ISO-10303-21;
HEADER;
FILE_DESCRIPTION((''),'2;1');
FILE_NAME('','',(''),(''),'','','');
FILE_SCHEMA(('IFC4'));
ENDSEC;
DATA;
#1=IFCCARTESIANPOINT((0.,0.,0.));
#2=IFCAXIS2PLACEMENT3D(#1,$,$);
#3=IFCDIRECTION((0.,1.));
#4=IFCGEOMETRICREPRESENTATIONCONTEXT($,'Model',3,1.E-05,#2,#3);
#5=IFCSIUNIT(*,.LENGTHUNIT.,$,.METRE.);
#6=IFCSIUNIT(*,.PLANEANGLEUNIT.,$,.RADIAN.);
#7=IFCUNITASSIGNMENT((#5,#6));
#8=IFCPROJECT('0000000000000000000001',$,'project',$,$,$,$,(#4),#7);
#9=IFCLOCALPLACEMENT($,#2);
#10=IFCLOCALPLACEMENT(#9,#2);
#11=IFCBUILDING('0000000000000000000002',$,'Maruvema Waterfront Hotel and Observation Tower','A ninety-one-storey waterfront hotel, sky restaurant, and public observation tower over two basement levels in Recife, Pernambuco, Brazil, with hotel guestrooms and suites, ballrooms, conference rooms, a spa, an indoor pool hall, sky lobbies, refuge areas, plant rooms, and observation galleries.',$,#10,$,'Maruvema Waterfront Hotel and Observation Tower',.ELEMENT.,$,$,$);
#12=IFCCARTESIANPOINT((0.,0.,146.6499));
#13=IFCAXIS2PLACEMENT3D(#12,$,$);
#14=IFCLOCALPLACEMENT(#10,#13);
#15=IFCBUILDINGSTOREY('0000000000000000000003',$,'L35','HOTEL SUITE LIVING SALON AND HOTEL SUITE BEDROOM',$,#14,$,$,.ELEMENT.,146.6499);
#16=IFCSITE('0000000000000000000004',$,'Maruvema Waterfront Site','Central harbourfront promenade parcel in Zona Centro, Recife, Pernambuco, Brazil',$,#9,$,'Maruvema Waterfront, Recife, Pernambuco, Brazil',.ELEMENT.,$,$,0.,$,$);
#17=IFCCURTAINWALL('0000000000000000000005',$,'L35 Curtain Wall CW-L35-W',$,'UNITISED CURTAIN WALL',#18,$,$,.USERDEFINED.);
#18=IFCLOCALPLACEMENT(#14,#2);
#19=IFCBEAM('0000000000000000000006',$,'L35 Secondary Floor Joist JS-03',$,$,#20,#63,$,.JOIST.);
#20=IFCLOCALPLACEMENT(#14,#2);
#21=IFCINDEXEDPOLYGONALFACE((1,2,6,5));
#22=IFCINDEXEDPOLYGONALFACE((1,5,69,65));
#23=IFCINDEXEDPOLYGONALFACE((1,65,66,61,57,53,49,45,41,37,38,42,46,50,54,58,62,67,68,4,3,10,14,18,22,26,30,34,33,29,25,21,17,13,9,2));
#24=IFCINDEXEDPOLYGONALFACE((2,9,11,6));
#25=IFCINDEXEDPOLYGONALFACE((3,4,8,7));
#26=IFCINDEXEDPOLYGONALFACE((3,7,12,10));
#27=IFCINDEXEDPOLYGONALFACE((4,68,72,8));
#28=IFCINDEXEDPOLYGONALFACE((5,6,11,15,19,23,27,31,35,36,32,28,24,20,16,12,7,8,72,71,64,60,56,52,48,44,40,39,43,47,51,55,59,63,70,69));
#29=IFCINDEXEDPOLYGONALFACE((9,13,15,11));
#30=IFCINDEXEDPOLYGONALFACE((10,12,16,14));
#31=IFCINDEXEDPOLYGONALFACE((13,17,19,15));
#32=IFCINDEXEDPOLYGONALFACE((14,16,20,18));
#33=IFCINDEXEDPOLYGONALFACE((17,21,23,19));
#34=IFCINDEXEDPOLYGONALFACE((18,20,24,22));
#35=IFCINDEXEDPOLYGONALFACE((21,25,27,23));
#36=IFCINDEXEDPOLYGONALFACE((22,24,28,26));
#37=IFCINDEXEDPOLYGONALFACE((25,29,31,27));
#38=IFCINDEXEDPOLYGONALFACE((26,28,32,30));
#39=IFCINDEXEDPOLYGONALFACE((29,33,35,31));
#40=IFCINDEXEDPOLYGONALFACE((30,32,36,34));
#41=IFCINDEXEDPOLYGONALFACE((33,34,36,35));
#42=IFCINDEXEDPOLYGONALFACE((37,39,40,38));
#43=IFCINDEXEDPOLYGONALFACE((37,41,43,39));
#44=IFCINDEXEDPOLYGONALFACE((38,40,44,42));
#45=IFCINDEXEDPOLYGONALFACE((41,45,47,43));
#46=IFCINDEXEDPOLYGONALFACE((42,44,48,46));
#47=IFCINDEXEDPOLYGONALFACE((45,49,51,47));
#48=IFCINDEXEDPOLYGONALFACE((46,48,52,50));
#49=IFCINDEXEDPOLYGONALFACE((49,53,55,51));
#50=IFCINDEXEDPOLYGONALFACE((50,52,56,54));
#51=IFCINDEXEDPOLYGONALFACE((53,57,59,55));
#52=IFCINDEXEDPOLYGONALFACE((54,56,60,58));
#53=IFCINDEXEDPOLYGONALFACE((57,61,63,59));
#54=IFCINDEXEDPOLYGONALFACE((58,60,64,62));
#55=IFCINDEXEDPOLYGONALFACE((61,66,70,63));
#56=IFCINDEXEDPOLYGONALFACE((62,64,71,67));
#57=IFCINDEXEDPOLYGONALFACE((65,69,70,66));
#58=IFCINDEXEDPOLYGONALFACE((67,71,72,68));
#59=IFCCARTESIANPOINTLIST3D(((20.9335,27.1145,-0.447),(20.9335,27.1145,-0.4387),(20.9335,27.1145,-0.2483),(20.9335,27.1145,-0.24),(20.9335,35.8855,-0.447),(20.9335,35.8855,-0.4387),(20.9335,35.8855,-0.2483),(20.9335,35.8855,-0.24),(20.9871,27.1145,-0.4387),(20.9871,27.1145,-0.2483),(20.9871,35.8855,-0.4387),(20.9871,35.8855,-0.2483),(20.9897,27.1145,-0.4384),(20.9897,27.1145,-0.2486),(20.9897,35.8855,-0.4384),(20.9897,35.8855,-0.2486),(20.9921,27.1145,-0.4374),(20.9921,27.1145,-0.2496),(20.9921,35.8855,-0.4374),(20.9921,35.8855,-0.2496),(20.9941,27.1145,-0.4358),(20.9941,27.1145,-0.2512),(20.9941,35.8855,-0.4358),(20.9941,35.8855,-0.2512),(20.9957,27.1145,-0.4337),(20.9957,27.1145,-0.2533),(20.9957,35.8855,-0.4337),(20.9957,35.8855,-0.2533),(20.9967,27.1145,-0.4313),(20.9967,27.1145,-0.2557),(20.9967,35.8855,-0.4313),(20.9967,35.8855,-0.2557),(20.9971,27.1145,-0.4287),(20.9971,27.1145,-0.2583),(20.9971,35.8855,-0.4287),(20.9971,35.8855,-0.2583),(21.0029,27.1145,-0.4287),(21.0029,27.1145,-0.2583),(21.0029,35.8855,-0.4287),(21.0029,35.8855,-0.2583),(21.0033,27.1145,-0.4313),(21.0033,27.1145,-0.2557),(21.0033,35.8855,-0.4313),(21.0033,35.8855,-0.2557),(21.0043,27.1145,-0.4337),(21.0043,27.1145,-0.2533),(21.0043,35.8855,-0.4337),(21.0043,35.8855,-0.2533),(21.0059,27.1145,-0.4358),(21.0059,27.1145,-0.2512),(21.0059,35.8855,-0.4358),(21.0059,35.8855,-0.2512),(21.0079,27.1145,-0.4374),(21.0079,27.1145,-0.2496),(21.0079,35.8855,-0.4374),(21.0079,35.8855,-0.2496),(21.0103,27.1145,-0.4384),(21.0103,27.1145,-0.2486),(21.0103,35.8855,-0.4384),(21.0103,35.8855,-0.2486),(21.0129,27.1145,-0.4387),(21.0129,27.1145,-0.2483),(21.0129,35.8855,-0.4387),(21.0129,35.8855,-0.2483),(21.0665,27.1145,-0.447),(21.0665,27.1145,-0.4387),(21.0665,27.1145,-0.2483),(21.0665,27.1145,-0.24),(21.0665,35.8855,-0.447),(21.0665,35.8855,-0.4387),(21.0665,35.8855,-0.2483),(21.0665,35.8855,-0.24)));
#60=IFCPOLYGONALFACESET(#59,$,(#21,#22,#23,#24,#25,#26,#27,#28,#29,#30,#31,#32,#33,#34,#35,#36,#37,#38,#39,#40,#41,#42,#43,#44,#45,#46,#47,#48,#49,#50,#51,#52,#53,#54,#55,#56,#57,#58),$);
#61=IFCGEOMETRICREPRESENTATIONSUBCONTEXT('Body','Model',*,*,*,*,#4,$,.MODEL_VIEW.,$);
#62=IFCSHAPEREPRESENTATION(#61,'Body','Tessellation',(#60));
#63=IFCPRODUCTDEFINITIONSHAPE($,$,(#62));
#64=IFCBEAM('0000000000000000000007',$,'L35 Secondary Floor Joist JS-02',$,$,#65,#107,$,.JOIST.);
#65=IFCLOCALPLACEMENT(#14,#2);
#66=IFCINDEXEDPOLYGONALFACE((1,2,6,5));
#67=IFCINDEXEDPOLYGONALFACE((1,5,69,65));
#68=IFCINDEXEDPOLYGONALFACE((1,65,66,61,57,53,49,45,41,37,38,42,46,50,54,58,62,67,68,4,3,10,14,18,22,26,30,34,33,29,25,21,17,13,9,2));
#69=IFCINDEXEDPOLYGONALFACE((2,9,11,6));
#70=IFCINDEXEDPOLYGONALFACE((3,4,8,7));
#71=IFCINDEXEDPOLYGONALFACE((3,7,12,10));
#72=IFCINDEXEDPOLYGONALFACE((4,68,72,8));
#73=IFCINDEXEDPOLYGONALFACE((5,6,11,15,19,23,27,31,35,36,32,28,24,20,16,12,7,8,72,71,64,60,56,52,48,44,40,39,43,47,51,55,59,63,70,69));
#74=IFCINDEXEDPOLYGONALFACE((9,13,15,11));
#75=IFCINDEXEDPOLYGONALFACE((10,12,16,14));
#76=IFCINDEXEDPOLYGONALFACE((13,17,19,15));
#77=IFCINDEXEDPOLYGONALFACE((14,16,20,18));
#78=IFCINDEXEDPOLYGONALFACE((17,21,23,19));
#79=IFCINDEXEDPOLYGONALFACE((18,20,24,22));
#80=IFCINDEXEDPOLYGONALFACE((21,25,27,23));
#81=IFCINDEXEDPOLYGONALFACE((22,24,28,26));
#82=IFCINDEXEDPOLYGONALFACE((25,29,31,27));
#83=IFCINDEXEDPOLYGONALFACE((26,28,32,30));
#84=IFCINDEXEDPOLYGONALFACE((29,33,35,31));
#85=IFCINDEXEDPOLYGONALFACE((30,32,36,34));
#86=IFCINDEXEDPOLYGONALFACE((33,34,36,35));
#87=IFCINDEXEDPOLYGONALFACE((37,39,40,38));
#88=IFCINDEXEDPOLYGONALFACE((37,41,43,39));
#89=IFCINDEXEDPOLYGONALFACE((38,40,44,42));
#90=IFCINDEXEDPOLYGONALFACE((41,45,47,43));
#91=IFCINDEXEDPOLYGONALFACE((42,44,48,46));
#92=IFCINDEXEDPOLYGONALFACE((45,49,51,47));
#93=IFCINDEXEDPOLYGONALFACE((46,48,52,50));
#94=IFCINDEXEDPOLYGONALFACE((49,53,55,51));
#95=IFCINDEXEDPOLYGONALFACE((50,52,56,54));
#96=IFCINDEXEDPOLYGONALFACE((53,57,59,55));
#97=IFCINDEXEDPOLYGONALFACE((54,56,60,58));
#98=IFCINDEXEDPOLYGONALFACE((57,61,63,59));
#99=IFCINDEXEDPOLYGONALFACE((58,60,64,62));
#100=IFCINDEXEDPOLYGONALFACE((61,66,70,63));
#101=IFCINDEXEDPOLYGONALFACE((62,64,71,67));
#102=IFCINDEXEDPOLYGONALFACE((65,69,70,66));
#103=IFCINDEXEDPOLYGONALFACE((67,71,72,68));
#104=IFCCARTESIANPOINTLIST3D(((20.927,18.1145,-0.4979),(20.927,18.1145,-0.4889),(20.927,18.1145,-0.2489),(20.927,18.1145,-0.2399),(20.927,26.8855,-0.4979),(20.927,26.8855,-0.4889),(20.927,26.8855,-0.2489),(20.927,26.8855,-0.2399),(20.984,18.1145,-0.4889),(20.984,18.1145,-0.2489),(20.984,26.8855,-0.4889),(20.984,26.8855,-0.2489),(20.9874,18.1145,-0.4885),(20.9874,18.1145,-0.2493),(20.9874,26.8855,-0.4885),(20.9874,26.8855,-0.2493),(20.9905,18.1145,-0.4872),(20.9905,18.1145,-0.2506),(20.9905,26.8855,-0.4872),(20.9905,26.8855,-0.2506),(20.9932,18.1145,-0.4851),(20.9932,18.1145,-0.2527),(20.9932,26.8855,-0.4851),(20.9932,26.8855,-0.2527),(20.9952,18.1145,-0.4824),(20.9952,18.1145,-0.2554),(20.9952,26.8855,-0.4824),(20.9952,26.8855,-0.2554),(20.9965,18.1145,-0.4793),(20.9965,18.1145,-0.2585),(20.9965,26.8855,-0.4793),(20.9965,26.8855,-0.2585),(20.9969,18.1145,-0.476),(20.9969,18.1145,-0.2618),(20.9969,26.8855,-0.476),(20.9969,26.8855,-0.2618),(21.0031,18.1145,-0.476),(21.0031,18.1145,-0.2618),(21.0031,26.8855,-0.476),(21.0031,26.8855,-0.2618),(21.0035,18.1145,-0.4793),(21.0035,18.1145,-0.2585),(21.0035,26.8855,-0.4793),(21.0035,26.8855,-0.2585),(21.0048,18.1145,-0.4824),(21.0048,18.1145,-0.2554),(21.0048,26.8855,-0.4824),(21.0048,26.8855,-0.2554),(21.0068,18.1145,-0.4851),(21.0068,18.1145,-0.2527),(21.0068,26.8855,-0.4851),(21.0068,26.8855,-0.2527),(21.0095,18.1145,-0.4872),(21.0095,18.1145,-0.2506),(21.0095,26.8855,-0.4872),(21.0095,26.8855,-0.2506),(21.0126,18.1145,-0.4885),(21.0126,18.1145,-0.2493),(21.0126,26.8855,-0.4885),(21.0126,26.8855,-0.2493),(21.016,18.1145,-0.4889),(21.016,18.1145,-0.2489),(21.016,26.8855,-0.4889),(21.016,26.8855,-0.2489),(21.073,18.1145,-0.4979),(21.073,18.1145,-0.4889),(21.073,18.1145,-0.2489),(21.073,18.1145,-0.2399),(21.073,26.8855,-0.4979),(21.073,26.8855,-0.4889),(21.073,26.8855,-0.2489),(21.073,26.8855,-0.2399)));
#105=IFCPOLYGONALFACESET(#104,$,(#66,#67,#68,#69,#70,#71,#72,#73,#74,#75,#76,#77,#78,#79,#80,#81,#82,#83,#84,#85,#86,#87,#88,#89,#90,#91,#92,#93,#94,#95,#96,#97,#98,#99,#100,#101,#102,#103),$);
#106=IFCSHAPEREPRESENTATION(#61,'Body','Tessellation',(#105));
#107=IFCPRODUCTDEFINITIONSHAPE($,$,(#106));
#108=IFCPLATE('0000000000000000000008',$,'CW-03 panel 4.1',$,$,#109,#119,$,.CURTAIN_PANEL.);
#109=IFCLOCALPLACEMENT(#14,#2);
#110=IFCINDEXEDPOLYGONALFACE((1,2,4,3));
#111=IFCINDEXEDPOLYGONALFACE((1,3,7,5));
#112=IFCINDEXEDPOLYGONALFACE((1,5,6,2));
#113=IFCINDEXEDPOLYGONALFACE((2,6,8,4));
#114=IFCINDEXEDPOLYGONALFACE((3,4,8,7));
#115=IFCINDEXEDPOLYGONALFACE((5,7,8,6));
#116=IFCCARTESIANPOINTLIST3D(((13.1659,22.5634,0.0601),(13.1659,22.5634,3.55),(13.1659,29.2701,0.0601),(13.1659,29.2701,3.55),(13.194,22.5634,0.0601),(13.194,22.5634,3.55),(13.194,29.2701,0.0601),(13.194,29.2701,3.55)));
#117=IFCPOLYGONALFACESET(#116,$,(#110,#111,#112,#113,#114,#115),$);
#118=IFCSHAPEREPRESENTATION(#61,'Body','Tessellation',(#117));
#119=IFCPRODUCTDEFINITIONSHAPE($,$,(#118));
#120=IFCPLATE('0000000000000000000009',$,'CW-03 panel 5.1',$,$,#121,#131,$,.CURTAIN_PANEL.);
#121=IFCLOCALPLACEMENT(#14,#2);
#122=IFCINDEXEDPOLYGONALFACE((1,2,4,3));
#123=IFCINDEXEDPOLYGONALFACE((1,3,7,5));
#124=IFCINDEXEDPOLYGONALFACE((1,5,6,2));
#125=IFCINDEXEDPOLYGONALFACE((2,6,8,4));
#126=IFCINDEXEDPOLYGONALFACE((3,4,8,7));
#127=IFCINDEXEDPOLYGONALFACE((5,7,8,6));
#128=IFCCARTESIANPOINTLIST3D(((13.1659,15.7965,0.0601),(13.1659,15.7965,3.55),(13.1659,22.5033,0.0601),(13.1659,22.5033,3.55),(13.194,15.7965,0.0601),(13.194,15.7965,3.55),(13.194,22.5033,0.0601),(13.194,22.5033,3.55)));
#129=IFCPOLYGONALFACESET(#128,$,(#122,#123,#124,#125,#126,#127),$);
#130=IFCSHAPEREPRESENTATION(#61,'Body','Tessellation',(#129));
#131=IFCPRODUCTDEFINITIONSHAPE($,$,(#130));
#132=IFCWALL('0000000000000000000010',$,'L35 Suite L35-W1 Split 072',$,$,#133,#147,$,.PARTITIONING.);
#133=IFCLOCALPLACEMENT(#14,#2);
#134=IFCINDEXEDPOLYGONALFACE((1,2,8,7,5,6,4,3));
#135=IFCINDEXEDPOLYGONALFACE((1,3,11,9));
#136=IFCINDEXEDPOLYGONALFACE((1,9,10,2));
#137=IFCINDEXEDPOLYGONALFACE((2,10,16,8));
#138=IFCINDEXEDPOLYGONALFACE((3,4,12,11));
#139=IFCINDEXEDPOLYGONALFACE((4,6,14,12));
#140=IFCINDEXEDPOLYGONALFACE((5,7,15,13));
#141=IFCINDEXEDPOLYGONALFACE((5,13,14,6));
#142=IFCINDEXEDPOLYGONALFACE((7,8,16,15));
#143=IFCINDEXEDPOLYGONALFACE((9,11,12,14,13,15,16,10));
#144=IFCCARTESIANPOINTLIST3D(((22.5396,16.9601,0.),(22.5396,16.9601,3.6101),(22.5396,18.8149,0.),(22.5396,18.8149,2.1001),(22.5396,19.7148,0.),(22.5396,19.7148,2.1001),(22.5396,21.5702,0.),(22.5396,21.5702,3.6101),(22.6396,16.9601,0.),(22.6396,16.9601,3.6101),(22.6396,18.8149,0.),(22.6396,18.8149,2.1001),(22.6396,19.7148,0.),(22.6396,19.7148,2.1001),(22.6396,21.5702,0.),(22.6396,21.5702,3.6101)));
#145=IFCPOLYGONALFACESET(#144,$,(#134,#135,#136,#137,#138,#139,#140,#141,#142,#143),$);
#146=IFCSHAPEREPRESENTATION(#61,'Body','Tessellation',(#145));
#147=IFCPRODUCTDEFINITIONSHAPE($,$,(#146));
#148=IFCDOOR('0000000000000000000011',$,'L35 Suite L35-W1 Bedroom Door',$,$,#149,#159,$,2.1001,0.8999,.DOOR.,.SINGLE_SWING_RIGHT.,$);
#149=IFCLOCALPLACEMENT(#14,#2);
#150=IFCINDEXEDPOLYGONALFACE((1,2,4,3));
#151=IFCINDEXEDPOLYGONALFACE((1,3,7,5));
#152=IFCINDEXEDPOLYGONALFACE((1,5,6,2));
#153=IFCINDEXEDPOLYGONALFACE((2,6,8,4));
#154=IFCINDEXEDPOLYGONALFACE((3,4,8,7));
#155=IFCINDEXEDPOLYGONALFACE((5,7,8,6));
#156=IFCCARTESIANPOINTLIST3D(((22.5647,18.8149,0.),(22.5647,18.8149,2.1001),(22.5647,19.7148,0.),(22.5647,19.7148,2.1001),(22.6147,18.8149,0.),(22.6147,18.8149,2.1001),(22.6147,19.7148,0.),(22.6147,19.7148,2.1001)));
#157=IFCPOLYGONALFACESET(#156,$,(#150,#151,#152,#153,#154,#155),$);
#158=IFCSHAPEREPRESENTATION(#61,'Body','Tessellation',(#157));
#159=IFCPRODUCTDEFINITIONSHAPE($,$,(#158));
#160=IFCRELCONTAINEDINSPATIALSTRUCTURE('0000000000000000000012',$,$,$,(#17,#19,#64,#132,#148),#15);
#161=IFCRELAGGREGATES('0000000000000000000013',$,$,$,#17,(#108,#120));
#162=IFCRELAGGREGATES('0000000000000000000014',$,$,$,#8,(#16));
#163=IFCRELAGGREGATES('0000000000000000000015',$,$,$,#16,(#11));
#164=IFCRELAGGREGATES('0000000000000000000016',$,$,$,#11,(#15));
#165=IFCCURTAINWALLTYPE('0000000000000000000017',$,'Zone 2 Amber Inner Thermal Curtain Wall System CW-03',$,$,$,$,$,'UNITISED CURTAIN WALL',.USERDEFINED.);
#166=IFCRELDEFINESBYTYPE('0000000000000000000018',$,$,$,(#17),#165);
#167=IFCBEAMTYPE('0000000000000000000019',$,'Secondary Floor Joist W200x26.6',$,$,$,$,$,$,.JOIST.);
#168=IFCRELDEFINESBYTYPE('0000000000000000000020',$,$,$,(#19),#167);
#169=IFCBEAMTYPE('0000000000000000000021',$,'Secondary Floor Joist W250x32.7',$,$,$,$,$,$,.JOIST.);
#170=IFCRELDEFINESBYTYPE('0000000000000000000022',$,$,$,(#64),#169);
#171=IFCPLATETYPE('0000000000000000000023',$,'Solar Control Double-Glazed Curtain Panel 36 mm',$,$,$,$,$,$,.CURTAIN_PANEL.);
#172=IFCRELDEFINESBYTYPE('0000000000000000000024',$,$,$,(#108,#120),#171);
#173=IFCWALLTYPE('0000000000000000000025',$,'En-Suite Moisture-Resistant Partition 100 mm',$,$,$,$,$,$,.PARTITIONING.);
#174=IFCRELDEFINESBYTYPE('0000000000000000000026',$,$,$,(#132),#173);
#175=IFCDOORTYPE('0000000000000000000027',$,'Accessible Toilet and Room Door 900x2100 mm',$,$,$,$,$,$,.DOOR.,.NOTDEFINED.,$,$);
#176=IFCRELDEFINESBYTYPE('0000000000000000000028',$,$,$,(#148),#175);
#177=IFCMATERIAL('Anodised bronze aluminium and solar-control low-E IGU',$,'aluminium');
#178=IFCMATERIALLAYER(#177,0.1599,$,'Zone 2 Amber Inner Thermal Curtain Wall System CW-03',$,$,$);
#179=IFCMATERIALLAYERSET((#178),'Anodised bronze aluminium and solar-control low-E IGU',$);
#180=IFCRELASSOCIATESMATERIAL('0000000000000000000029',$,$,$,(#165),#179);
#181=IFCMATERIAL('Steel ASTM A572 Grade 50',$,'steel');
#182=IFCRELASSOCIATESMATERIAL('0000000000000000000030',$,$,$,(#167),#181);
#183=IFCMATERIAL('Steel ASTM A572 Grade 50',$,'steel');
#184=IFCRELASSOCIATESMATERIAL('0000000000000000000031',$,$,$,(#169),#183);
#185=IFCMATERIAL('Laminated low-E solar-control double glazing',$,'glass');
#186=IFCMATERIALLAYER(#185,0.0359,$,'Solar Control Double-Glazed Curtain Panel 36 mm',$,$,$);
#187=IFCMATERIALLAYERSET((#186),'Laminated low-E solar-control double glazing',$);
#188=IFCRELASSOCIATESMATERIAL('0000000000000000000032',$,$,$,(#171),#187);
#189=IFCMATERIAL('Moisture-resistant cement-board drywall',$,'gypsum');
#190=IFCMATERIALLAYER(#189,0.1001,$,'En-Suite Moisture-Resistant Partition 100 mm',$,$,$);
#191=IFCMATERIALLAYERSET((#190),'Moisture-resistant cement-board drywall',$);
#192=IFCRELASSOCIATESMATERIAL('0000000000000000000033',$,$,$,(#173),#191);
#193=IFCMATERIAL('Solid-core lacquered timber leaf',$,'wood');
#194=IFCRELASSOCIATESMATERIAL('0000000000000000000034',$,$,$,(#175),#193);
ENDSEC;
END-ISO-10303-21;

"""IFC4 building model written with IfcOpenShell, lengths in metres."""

from ifc_helpers import new_model, si_unit, direction, frame, frame_2d, origin, origin_2d, place, context, subcontext, project, spatial, rectangle, i_section, extrude, material, layer, layer_set, material_profile, profile_set, type_object, element, fill, aggregate, save


model = new_model("IFC4")

# Units and contexts
model_context = context("Model", 3, precision=1e-05, world=origin(), true_north=direction((0.0, 1.0)))
body_context = subcontext(model_context, "Body", "Model", "MODEL_VIEW")
ifc_project = project(units=[si_unit("LENGTHUNIT", "METRE"), si_unit("PLANEANGLEUNIT", "RADIAN")], contexts=[model_context])

# Site, building, storey
site_placement = place(None, origin())
site = spatial("IfcSite", under=ifc_project, at=site_placement, Name="Maruvema Waterfront Site", Description="Central harbourfront promenade parcel in Zona Centro, Recife, Pernambuco, Brazil", LongName="Maruvema Waterfront, Recife, Pernambuco, Brazil", CompositionType="ELEMENT", RefElevation=0.0)
building_placement = place(site_placement, origin())
building = spatial("IfcBuilding", under=site, at=building_placement, Name="Maruvema Waterfront Hotel and Observation Tower", Description="A ninety-one-storey waterfront hotel, sky restaurant, and public observation tower over two basement levels in Recife, Pernambuco, Brazil, with hotel guestrooms and suites, ballrooms, conference rooms, a spa, an indoor pool hall, sky lobbies, refuge areas, plant rooms, and observation galleries.", LongName="Maruvema Waterfront Hotel and Observation Tower", CompositionType="ELEMENT")
storey_placement = place(building_placement, frame((0.0, 0.0, 146.6499)))
storey = spatial("IfcBuildingStorey", under=building, at=storey_placement, Name="L35", Description="HOTEL SUITE LIVING SALON AND HOTEL SUITE BEDROOM", CompositionType="ELEMENT", Elevation=146.6499)

# Curtain wall
ifc_material_1 = material(Name="Anodised bronze aluminium and solar-control low-E IGU", Category="aluminium")
ifc_layer_1 = layer(ifc_material_1, 0.1599, Name="Zone 2 Amber Inner Thermal Curtain Wall System CW-03")
ifc_layer_set_1 = layer_set([ifc_layer_1], Name="Anodised bronze aluminium and solar-control low-E IGU")
curtain_wall_type = type_object("IfcCurtainWallType", Name="Zone 2 Amber Inner Thermal Curtain Wall System CW-03", ElementType="UNITISED CURTAIN WALL", PredefinedType="USERDEFINED", material=ifc_layer_set_1)
curtain_wall_placement = place(storey_placement, origin())
curtain_wall = element("IfcCurtainWall", 1, at=curtain_wall_placement, inside=storey, type_object=curtain_wall_type, Name="L35 Curtain Wall CW-L35-W", ObjectType="UNITISED CURTAIN WALL", PredefinedType="USERDEFINED")

# Beams
ifc_material_2 = material(Name="Steel ASTM A572 Grade 50", Category="steel")
ifc_material_profile_1 = material_profile(ifc_material_2, i_section(OverallWidth=0.1331, OverallDepth=0.207, WebThickness=0.0059, FlangeThickness=0.0083, FilletRadius=0.01, at=origin_2d()), Name="W200x26.6")
ifc_profile_set_1 = profile_set([ifc_material_profile_1], Name="Steel ASTM A572 Grade 50")
beam_type_1 = type_object("IfcBeamType", Name="Secondary Floor Joist W200x26.6", PredefinedType="JOIST", material=ifc_profile_set_1)
beam_1_placement = place(storey_placement, frame((21.0, 27.1145, -0.3435), z_axis=(0.0, 1.0, 0.0), x_axis=(-1.0, 0.0, 0.0)))
element("IfcBeam", 2, at=beam_1_placement, inside=storey, type_object=beam_type_1, Name="L35 Secondary Floor Joist JS-03", PredefinedType="JOIST", context=body_context, shape_type="SweptSolid", body=[
    extrude(i_section(OverallWidth=0.1331, OverallDepth=0.207, WebThickness=0.0059, FlangeThickness=0.0083, FilletRadius=0.01, at=origin_2d()), origin(), (0.0, 0.0, 1.0), 8.771),
])
ifc_material_3 = material(Name="Steel ASTM A572 Grade 50", Category="steel")
ifc_material_profile_2 = material_profile(ifc_material_3, i_section(OverallWidth=0.146, OverallDepth=0.2581, WebThickness=0.0061, FlangeThickness=0.009, FilletRadius=0.0129, at=origin_2d()), Name="W250x32.7")
ifc_profile_set_2 = profile_set([ifc_material_profile_2], Name="Steel ASTM A572 Grade 50")
beam_type_2 = type_object("IfcBeamType", Name="Secondary Floor Joist W250x32.7", PredefinedType="JOIST", material=ifc_profile_set_2)
beam_2_placement = place(storey_placement, frame((21.0, 18.1145, -0.3689), z_axis=(0.0, 1.0, 0.0), x_axis=(-1.0, 0.0, 0.0)))
element("IfcBeam", 3, at=beam_2_placement, inside=storey, type_object=beam_type_2, Name="L35 Secondary Floor Joist JS-02", PredefinedType="JOIST", context=body_context, shape_type="SweptSolid", body=[
    extrude(i_section(OverallWidth=0.146, OverallDepth=0.2581, WebThickness=0.0061, FlangeThickness=0.009, FilletRadius=0.0129, at=origin_2d()), origin(), (0.0, 0.0, 1.0), 8.771),
])

# Plates
ifc_material_4 = material(Name="Laminated low-E solar-control double glazing", Category="glass")
ifc_layer_2 = layer(ifc_material_4, 0.0359, Name="Solar Control Double-Glazed Curtain Panel 36 mm")
ifc_layer_set_2 = layer_set([ifc_layer_2], Name="Laminated low-E solar-control double glazing")
plate_type = type_object("IfcPlateType", Name="Solar Control Double-Glazed Curtain Panel 36 mm", PredefinedType="CURTAIN_PANEL", material=ifc_layer_set_2)
plate_1_placement = place(storey_placement, frame((13.1799, 25.9167, 0.0601), z_axis=(0.0, 0.0, 1.0), x_axis=(0.0, -1.0, 0.0)))
plate_1 = element("IfcPlate", 4, at=plate_1_placement, type_object=plate_type, Name="CW-03 panel 4.1", PredefinedType="CURTAIN_PANEL", context=body_context, shape_type="SweptSolid", body=[
    extrude(rectangle(XDim=6.7068, YDim=0.0281, at=origin_2d()), origin(), (0.0, 0.0, 1.0), 3.49),
])
plate_2_placement = place(storey_placement, frame((13.1799, 19.1499, 0.0601), z_axis=(0.0, 0.0, 1.0), x_axis=(0.0, -1.0, 0.0)))
plate_2 = element("IfcPlate", 5, at=plate_2_placement, type_object=plate_type, Name="CW-03 panel 5.1", PredefinedType="CURTAIN_PANEL", context=body_context, shape_type="SweptSolid", body=[
    extrude(rectangle(XDim=6.7068, YDim=0.0281, at=origin_2d()), origin(), (0.0, 0.0, 1.0), 3.49),
])
aggregate(curtain_wall, [plate_1, plate_2])

# Wall, opening, door
ifc_material_5 = material(Name="Moisture-resistant cement-board drywall", Category="gypsum")
ifc_layer_3 = layer(ifc_material_5, 0.1001, Name="En-Suite Moisture-Resistant Partition 100 mm")
ifc_layer_set_3 = layer_set([ifc_layer_3], Name="Moisture-resistant cement-board drywall")
wall_type_1 = type_object("IfcWallType", Name="En-Suite Moisture-Resistant Partition 100 mm", PredefinedType="PARTITIONING", material=ifc_layer_set_3)
wall_1_placement = place(storey_placement, frame((22.5896, 16.96, 0.0), z_axis=(0.0, 0.0, 1.0), x_axis=(0.0, 1.0, 0.0)))
wall_1 = element("IfcWall", 6, at=wall_1_placement, inside=storey, type_object=wall_type_1, Name="L35 Suite L35-W1 Split 072", PredefinedType="PARTITIONING", context=body_context, shape_type="SweptSolid", body=[
    extrude(rectangle(XDim=4.6101, YDim=0.1001, at=frame_2d((2.3052, 0.0))), origin(), (0.0, 0.0, 1.0), 3.6101),
])
opening_1_placement = place(wall_1_placement, frame((1.855, 0.0, 0.0)))
opening_1 = element("IfcOpeningElement", 7, at=opening_1_placement, cuts=wall_1, PredefinedType="OPENING", context=body_context, shape_type="SweptSolid", body=[
    extrude(rectangle(XDim=0.8999, YDim=2.1001, at=frame_2d((0.45, 1.05))), frame((0.0, 0.0601, 0.0), z_axis=(0.0, -1.0, 0.0), x_axis=(1.0, 0.0, 0.0)), (0.0, 0.0, 1.0), 0.1201),
])
ifc_material_6 = material(Name="Solid-core lacquered timber leaf", Category="wood")
door_type = type_object("IfcDoorType", Name="Accessible Toilet and Room Door 900x2100 mm", OperationType="NOTDEFINED", PredefinedType="DOOR", material=ifc_material_6)
door_1_placement = place(opening_1_placement, origin())
door_1 = element("IfcDoor", 8, at=door_1_placement, inside=storey, type_object=door_type, Name="L35 Suite L35-W1 Bedroom Door", OperationType="SINGLE_SWING_RIGHT", OverallHeight=2.1001, OverallWidth=0.8999, PredefinedType="DOOR", context=body_context, shape_type="SweptSolid", body=[
    extrude(rectangle(XDim=0.8999, YDim=2.1001, at=frame_2d((0.45, 1.05))), frame((0.0, 0.0249, 0.0), z_axis=(0.0, -1.0, 0.0), x_axis=(1.0, 0.0, 0.0)), (0.0, 0.0, 1.0), 0.05),
])
fill(opening_1, door_1)

save(model, "model.ifc")
